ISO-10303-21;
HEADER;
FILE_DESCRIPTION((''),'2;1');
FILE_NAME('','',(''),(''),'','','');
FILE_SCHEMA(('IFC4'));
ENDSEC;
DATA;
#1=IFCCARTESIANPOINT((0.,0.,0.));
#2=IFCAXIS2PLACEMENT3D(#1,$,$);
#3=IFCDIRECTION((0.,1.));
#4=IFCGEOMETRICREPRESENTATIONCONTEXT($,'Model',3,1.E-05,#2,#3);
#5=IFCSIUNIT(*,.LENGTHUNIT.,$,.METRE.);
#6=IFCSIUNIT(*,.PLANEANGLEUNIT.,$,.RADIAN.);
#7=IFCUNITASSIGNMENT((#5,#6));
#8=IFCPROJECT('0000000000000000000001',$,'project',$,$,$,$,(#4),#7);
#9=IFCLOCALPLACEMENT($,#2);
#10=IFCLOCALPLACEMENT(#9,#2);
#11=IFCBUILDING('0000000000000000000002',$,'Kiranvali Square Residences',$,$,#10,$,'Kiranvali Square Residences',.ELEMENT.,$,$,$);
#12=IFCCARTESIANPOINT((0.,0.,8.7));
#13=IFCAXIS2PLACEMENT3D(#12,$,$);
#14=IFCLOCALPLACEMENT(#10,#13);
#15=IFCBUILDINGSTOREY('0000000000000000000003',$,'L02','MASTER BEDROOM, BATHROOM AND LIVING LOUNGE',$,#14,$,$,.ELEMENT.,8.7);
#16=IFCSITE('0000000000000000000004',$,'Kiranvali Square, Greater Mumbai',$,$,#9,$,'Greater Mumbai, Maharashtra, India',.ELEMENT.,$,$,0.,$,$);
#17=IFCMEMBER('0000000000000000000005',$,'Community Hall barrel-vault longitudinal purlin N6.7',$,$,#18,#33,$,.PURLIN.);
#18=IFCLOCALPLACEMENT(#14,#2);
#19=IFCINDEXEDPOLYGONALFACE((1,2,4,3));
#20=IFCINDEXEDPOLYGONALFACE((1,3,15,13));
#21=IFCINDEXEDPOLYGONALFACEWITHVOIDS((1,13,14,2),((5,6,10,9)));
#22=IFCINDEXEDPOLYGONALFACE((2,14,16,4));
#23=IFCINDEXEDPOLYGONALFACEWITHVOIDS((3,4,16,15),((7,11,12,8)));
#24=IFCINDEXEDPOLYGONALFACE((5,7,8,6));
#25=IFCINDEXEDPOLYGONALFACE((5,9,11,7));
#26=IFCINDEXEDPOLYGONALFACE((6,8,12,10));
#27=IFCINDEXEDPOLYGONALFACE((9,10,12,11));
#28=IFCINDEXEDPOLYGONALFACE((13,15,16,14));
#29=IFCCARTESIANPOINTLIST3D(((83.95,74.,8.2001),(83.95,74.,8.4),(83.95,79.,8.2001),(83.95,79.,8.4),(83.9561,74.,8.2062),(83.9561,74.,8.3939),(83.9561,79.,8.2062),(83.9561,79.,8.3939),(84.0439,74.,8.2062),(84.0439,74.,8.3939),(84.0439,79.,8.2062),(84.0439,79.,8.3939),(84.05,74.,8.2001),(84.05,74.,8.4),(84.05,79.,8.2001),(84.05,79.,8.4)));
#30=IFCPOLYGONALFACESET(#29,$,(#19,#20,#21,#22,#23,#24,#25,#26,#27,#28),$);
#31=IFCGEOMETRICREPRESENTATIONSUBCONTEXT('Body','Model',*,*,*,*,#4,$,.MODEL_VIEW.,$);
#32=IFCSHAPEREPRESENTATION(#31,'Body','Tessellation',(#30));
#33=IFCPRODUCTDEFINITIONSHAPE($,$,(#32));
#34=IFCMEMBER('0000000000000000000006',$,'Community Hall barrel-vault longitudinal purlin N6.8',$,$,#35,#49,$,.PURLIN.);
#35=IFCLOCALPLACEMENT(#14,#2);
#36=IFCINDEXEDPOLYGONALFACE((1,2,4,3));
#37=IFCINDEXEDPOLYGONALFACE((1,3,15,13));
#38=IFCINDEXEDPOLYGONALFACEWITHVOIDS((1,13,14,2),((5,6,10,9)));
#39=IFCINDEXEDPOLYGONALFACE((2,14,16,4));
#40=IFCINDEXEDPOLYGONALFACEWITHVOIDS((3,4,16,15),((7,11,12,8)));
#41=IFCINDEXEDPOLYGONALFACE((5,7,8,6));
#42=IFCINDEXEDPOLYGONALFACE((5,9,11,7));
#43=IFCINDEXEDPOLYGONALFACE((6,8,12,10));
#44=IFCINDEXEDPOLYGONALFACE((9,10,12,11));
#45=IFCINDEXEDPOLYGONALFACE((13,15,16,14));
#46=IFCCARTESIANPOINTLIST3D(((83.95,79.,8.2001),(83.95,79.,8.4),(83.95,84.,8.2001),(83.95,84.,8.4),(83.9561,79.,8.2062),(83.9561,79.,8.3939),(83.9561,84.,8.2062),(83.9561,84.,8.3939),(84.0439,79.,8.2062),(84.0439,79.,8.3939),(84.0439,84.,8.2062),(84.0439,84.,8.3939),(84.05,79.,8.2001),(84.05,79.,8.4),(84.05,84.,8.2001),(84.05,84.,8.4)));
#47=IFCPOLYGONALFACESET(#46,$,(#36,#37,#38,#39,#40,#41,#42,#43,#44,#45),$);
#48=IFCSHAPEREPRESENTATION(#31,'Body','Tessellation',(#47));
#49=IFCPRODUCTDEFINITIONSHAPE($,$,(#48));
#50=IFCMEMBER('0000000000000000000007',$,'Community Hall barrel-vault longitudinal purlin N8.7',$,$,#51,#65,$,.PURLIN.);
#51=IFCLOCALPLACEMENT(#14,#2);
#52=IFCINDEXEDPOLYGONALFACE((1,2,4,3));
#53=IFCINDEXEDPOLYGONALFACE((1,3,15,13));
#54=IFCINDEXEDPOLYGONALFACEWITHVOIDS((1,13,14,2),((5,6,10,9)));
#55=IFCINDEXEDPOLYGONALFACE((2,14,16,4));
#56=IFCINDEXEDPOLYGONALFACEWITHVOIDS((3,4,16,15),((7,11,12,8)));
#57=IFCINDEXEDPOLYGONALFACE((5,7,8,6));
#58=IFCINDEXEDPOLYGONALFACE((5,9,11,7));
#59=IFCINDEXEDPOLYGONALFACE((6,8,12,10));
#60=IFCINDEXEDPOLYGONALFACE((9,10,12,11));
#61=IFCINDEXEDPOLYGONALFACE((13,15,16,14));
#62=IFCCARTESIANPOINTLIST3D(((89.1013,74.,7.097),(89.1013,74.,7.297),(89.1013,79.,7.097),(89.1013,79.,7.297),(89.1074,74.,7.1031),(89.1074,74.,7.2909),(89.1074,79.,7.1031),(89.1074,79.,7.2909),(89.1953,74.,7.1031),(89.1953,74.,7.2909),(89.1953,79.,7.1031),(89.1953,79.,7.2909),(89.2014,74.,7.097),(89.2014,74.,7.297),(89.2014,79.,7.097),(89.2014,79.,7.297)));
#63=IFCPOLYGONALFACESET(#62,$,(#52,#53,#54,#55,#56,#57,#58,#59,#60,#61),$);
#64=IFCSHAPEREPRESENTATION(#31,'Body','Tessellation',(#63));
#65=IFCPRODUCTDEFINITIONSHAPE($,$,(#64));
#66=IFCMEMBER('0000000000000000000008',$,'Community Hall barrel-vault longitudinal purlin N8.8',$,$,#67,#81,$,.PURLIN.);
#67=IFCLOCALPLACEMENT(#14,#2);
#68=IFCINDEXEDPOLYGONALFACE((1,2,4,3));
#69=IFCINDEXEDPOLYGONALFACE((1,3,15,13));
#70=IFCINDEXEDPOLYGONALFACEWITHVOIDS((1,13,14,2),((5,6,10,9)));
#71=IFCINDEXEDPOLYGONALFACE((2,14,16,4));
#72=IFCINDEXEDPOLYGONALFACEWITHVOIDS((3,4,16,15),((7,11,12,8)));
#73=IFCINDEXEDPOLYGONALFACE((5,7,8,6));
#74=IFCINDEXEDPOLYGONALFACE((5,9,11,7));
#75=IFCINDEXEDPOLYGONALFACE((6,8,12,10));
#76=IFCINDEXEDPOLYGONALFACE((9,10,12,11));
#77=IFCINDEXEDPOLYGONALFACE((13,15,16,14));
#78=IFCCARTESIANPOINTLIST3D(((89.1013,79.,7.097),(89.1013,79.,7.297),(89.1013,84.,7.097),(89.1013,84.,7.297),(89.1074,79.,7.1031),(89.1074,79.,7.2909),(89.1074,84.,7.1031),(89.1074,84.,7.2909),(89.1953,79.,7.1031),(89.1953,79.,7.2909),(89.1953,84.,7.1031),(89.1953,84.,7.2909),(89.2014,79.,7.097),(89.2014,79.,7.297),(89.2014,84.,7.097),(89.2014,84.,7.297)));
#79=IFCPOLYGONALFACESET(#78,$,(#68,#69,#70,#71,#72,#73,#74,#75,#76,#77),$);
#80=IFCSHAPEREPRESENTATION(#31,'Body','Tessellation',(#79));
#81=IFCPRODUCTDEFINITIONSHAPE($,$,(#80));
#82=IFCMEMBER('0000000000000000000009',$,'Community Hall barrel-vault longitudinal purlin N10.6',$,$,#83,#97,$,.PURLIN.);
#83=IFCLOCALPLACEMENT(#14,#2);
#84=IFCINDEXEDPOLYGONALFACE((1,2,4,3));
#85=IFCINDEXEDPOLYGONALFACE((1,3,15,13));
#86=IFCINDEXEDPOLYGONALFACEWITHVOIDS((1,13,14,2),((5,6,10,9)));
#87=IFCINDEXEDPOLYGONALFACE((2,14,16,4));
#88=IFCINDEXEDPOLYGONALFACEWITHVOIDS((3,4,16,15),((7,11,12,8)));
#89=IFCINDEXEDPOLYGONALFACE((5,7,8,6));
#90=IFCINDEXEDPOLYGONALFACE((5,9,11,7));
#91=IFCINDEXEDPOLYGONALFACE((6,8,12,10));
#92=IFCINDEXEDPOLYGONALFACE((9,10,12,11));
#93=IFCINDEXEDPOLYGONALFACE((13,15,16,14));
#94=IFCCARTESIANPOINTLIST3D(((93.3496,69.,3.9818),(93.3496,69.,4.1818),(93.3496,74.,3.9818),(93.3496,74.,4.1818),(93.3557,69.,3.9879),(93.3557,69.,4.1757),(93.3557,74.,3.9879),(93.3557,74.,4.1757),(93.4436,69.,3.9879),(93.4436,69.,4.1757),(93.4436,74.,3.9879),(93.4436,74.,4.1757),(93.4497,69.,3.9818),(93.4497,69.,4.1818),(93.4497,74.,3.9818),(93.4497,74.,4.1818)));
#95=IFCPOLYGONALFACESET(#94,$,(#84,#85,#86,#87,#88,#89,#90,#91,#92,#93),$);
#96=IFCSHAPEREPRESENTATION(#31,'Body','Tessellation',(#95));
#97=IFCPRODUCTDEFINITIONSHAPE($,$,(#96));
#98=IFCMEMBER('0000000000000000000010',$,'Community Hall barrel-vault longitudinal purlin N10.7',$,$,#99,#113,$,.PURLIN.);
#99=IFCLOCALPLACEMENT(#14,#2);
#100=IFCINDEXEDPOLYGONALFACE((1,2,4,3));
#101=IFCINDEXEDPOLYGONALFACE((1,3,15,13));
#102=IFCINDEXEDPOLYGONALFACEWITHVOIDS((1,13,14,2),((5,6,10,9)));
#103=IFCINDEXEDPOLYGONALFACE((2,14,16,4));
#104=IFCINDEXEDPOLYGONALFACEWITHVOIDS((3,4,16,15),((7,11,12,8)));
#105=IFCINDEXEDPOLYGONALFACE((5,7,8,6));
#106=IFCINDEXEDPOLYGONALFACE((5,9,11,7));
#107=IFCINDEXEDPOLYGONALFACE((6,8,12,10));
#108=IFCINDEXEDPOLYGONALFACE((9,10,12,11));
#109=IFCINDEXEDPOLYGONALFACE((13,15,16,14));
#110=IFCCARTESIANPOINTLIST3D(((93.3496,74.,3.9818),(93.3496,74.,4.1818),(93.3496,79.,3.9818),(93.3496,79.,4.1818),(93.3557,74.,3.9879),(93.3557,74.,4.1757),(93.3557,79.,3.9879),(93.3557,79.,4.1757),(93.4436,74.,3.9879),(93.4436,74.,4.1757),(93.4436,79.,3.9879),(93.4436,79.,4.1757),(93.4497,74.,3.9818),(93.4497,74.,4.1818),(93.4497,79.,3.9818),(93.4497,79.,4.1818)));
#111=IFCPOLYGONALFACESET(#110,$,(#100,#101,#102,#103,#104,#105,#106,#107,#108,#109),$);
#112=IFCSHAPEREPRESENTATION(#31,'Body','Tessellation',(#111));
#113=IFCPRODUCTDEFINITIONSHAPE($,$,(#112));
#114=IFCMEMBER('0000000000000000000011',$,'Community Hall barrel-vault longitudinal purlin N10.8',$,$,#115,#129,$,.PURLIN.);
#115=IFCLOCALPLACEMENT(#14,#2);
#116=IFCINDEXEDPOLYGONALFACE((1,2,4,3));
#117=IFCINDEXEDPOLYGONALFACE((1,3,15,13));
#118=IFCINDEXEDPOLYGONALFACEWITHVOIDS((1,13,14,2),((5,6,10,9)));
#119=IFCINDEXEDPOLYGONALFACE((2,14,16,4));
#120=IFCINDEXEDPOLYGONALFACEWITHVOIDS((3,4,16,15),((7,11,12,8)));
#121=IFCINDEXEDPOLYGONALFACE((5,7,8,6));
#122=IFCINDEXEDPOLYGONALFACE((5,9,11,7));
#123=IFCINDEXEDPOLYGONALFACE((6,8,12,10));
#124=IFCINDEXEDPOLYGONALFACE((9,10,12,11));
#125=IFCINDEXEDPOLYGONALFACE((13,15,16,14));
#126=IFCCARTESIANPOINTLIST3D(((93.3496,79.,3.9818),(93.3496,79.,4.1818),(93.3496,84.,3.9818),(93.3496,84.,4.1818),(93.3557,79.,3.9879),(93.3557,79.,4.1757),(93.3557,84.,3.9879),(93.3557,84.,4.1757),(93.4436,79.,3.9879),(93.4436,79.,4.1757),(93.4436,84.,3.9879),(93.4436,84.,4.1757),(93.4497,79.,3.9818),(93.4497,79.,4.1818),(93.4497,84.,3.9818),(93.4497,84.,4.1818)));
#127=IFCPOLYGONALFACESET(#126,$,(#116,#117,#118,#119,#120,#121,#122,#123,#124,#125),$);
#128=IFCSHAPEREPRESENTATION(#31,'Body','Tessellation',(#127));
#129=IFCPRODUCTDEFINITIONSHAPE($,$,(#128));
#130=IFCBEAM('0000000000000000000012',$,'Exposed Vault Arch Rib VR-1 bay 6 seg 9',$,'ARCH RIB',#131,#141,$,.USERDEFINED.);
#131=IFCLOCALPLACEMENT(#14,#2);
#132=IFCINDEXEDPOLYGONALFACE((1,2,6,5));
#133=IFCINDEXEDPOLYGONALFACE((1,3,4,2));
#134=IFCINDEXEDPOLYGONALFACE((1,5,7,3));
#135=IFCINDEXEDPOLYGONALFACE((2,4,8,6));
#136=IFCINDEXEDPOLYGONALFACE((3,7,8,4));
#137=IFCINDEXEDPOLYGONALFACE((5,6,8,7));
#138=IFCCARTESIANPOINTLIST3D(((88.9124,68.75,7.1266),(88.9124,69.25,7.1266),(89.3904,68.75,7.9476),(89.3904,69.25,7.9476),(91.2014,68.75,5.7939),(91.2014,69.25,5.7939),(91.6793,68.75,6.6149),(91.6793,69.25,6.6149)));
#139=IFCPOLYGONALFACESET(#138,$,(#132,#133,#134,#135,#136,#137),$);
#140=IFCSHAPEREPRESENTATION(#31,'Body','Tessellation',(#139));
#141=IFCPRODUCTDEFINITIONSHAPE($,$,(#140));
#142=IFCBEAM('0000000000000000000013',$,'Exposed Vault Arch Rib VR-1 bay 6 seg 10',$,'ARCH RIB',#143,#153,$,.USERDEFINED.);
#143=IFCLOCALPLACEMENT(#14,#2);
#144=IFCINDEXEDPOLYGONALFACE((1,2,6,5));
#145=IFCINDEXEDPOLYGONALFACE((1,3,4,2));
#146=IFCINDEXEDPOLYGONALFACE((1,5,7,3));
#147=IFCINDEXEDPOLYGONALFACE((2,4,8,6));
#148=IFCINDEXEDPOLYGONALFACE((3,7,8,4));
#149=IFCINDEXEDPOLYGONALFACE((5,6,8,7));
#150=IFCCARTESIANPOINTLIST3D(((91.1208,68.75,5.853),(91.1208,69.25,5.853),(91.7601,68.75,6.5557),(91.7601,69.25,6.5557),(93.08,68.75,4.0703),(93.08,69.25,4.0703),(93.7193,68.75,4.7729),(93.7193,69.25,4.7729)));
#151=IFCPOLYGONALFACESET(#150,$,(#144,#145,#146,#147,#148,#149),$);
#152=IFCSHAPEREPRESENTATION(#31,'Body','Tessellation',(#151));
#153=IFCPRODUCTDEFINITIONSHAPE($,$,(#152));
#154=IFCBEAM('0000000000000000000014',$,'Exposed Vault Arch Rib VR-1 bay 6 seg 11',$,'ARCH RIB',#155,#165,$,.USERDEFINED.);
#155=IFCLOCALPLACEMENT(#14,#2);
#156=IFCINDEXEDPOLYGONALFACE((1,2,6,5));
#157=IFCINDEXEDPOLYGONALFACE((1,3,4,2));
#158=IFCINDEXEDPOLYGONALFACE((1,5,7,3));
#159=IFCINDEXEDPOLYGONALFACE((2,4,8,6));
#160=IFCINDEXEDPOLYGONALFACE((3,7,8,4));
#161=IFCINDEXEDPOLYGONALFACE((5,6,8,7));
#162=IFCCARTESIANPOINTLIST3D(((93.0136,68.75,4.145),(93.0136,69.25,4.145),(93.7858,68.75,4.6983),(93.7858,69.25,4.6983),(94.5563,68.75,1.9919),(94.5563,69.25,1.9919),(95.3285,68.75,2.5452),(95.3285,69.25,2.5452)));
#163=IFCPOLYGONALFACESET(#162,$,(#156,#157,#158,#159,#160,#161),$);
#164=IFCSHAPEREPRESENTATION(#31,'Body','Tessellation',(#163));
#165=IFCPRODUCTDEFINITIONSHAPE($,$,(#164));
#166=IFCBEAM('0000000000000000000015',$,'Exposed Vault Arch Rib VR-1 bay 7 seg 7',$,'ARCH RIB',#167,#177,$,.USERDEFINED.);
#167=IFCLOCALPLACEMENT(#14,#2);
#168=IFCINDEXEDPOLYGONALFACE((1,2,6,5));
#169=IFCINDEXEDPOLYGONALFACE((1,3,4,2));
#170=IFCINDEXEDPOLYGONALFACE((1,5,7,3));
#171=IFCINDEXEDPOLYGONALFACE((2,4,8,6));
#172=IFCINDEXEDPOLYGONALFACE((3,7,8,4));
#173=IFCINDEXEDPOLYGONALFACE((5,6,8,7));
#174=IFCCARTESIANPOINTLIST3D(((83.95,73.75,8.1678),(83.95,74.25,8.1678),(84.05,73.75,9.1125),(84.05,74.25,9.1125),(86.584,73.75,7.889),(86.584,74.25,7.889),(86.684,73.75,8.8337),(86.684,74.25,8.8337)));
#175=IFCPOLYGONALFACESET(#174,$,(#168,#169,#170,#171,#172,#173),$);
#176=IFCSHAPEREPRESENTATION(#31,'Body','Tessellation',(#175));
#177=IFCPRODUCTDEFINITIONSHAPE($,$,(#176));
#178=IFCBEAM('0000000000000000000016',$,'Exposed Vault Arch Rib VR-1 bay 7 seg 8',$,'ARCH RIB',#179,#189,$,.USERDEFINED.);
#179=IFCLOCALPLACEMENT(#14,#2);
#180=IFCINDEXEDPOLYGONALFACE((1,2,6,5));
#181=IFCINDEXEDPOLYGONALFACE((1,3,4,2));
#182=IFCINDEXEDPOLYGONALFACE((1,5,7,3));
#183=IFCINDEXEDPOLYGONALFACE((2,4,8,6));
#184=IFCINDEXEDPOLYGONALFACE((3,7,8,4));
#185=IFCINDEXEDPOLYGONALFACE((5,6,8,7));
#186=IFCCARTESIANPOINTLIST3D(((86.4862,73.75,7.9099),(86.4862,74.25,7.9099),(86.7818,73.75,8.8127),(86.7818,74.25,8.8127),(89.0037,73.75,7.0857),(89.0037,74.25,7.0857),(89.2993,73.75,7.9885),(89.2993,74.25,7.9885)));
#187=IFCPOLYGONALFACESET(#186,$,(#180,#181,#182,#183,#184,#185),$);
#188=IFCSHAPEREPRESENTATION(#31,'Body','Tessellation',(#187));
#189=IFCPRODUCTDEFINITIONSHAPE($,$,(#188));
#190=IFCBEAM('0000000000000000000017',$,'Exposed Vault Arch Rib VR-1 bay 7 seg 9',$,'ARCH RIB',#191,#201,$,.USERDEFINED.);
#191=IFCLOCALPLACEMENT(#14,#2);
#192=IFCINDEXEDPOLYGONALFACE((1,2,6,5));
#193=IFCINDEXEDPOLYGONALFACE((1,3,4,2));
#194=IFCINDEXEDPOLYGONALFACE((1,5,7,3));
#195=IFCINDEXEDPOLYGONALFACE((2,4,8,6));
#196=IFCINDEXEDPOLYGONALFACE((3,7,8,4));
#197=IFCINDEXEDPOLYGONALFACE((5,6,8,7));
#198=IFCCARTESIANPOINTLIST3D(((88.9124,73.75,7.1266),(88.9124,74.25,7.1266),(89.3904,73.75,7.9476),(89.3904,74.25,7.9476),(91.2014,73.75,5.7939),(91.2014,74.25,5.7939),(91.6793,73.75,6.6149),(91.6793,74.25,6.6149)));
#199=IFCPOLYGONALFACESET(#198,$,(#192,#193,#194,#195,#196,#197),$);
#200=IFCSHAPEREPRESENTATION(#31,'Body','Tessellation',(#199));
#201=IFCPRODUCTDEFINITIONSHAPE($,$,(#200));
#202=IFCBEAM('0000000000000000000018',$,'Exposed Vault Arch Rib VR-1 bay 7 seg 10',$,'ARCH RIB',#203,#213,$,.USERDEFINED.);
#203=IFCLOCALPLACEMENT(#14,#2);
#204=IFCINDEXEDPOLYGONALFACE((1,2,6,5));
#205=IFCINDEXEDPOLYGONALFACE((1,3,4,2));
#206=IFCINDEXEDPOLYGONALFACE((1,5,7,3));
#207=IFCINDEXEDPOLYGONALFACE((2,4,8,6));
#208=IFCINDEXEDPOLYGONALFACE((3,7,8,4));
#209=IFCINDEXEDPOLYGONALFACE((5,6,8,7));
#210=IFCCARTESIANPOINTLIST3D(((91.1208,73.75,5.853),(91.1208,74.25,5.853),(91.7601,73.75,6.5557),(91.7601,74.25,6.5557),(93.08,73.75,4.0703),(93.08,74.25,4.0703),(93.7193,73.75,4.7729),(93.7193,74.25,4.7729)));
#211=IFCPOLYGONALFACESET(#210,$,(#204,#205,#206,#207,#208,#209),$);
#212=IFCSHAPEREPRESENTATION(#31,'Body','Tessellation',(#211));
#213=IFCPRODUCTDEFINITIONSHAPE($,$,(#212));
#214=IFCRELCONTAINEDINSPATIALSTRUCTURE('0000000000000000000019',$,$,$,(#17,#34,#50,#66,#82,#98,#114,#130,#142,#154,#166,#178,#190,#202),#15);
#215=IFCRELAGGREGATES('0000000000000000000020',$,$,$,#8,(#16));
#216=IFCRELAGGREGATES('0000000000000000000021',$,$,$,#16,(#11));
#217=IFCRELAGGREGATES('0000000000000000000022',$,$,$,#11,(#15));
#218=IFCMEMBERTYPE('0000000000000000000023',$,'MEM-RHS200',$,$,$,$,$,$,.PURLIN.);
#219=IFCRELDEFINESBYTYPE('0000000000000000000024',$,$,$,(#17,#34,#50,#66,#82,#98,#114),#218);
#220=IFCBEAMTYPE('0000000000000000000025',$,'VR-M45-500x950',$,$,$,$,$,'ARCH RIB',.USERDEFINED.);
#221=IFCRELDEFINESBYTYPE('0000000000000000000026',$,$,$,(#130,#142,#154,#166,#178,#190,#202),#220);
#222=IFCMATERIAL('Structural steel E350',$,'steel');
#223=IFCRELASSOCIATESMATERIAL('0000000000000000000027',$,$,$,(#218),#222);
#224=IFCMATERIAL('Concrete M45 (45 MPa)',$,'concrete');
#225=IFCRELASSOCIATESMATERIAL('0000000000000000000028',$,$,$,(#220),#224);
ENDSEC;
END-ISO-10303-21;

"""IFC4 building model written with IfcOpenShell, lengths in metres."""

from ifc_helpers import new_model, si_unit, direction, frame, origin, origin_2d, place, context, subcontext, project, spatial, rectangle, hollow_rectangle, extrude, material, material_profile, profile_set, type_object, element, save


model = new_model("IFC4")

# Units and contexts
model_context = context("Model", 3, precision=1e-05, world=origin(), true_north=direction((0.0, 1.0)))
body_context = subcontext(model_context, "Body", "Model", "MODEL_VIEW")
ifc_project = project(units=[si_unit("LENGTHUNIT", "METRE"), si_unit("PLANEANGLEUNIT", "RADIAN")], contexts=[model_context])

# Site, building, storey
site_placement = place(None, origin())
site = spatial("IfcSite", under=ifc_project, at=site_placement, Name="Kiranvali Square, Greater Mumbai", LongName="Greater Mumbai, Maharashtra, India", CompositionType="ELEMENT", RefElevation=0.0)
building_placement = place(site_placement, origin())
building = spatial("IfcBuilding", under=site, at=building_placement, Name="Kiranvali Square Residences", LongName="Kiranvali Square Residences", CompositionType="ELEMENT")
storey_placement = place(building_placement, frame((0.0, 0.0, 8.7)))
storey = spatial("IfcBuildingStorey", under=building, at=storey_placement, Name="L02", Description="MASTER BEDROOM, BATHROOM AND LIVING LOUNGE", CompositionType="ELEMENT", Elevation=8.7)

# Members
ifc_material_1 = material(Name="Structural steel E350", Category="steel")
ifc_material_profile_1 = material_profile(ifc_material_1, hollow_rectangle(XDim=0.1001, YDim=0.2, WallThickness=0.0061, at=origin_2d()), Name="RHS 200x100x6.0")
ifc_profile_set_1 = profile_set([ifc_material_profile_1], Name="Structural steel E350")
member_type = type_object("IfcMemberType", Name="MEM-RHS200", PredefinedType="PURLIN", material=ifc_profile_set_1)
for number, where, z_axis, x_axis, name in (
    (1, (84.0, 74.0, 8.3), (0.0, 1.0, 0.0), (-1.0, 0.0, 0.0), "Community Hall barrel-vault longitudinal purlin N6.7"),
    (2, (84.0, 79.0, 8.3), (0.0, 1.0, 0.0), (-1.0, 0.0, 0.0), "Community Hall barrel-vault longitudinal purlin N6.8"),
    (3, (89.1514, 74.0, 7.197), (0.0, 1.0, 0.0), (-1.0, 0.0, 0.0), "Community Hall barrel-vault longitudinal purlin N8.7"),
    (4, (89.1514, 79.0, 7.197), (0.0, 1.0, 0.0), (-1.0, 0.0, 0.0), "Community Hall barrel-vault longitudinal purlin N8.8"),
    (5, (93.3997, 69.0, 4.0818), (0.0, 1.0, 0.0), (-1.0, 0.0, 0.0), "Community Hall barrel-vault longitudinal purlin N10.6"),
    (6, (93.3997, 74.0, 4.0818), (0.0, 1.0, 0.0), (-1.0, 0.0, 0.0), "Community Hall barrel-vault longitudinal purlin N10.7"),
    (7, (93.3997, 79.0, 4.0818), (0.0, 1.0, 0.0), (-1.0, 0.0, 0.0), "Community Hall barrel-vault longitudinal purlin N10.8"),
):
    element("IfcMember", number, at=place(storey_placement, frame(where, z_axis=z_axis, x_axis=x_axis)), inside=storey, type_object=member_type, Name=name, PredefinedType="PURLIN", context=body_context, shape_type="SweptSolid", body=[
        extrude(hollow_rectangle(XDim=0.1001, YDim=0.2, WallThickness=0.0061, at=origin_2d()), origin(), (0.0, 0.0, 1.0), 5.0),
    ])

# Beams
ifc_material_2 = material(Name="Concrete M45 (45 MPa)", Category="concrete")
ifc_material_profile_2 = material_profile(ifc_material_2, rectangle(XDim=0.5, YDim=0.95, at=origin_2d()), Name="RC 500x950")
ifc_profile_set_2 = profile_set([ifc_material_profile_2], Name="Concrete M45 (45 MPa)")
beam_type = type_object("IfcBeamType", Name="VR-M45-500x950", ElementType="ARCH RIB", PredefinedType="USERDEFINED", material=ifc_profile_set_2)
beam_1_placement = place(storey_placement, frame((89.1514, 69.0, 7.5371), z_axis=(0.864193, 0.0, -0.50316), x_axis=(0.0, 1.0, 0.0)))
element("IfcBeam", 8, at=beam_1_placement, inside=storey, type_object=beam_type, Name="Exposed Vault Arch Rib VR-1 bay 6 seg 9", ObjectType="ARCH RIB", PredefinedType="USERDEFINED", context=body_context, shape_type="SweptSolid", body=[
    extrude(rectangle(XDim=0.5, YDim=0.95, at=origin_2d()), origin(), (0.0, 0.0, 1.0), 2.6487),
])
beam_2_placement = place(storey_placement, frame((91.4404, 69.0, 6.2043), z_axis=(0.73964, 0.0, -0.673003), x_axis=(0.0, 1.0, 0.0)))
element("IfcBeam", 9, at=beam_2_placement, inside=storey, type_object=beam_type, Name="Exposed Vault Arch Rib VR-1 bay 6 seg 10", ObjectType="ARCH RIB", PredefinedType="USERDEFINED", context=body_context, shape_type="SweptSolid", body=[
    extrude(rectangle(XDim=0.5, YDim=0.95, at=origin_2d()), origin(), (0.0, 0.0, 1.0), 2.6489),
])
for number, where, z_axis, x_axis, name in (
    (10, (93.3997, 69.0, 4.4216), (0.582441, 0.0, -0.812873), (0.0, 1.0, 0.0), "Exposed Vault Arch Rib VR-1 bay 6 seg 11"),
    (11, (84.0, 74.0, 8.6401), (0.994445, 0.0, -0.105261), (0.0, 1.0, 0.0), "Exposed Vault Arch Rib VR-1 bay 7 seg 7"),
):
    element("IfcBeam", number, at=place(storey_placement, frame(where, z_axis=z_axis, x_axis=x_axis)), inside=storey, type_object=beam_type, Name=name, ObjectType="ARCH RIB", PredefinedType="USERDEFINED", context=body_context, shape_type="SweptSolid", body=[
        extrude(rectangle(XDim=0.5, YDim=0.95, at=origin_2d()), origin(), (0.0, 0.0, 1.0), 2.6487),
    ])
beam_3_placement = place(storey_placement, frame((86.634, 74.0, 8.3613), z_axis=(0.950356, 0.0, -0.311163), x_axis=(0.0, 1.0, 0.0)))
element("IfcBeam", 12, at=beam_3_placement, inside=storey, type_object=beam_type, Name="Exposed Vault Arch Rib VR-1 bay 7 seg 8", ObjectType="ARCH RIB", PredefinedType="USERDEFINED", context=body_context, shape_type="SweptSolid", body=[
    extrude(rectangle(XDim=0.5, YDim=0.95, at=origin_2d()), origin(), (0.0, 0.0, 1.0), 2.6489),
])
beam_4_placement = place(storey_placement, frame((89.1514, 74.0, 7.5371), z_axis=(0.864193, 0.0, -0.50316), x_axis=(0.0, 1.0, 0.0)))
element("IfcBeam", 13, at=beam_4_placement, inside=storey, type_object=beam_type, Name="Exposed Vault Arch Rib VR-1 bay 7 seg 9", ObjectType="ARCH RIB", PredefinedType="USERDEFINED", context=body_context, shape_type="SweptSolid", body=[
    extrude(rectangle(XDim=0.5, YDim=0.95, at=origin_2d()), origin(), (0.0, 0.0, 1.0), 2.6487),
])
beam_5_placement = place(storey_placement, frame((91.4404, 74.0, 6.2043), z_axis=(0.73964, 0.0, -0.673003), x_axis=(0.0, 1.0, 0.0)))
element("IfcBeam", 14, at=beam_5_placement, inside=storey, type_object=beam_type, Name="Exposed Vault Arch Rib VR-1 bay 7 seg 10", ObjectType="ARCH RIB", PredefinedType="USERDEFINED", context=body_context, shape_type="SweptSolid", body=[
    extrude(rectangle(XDim=0.5, YDim=0.95, at=origin_2d()), origin(), (0.0, 0.0, 1.0), 2.6489),
])

save(model, "model.ifc")
